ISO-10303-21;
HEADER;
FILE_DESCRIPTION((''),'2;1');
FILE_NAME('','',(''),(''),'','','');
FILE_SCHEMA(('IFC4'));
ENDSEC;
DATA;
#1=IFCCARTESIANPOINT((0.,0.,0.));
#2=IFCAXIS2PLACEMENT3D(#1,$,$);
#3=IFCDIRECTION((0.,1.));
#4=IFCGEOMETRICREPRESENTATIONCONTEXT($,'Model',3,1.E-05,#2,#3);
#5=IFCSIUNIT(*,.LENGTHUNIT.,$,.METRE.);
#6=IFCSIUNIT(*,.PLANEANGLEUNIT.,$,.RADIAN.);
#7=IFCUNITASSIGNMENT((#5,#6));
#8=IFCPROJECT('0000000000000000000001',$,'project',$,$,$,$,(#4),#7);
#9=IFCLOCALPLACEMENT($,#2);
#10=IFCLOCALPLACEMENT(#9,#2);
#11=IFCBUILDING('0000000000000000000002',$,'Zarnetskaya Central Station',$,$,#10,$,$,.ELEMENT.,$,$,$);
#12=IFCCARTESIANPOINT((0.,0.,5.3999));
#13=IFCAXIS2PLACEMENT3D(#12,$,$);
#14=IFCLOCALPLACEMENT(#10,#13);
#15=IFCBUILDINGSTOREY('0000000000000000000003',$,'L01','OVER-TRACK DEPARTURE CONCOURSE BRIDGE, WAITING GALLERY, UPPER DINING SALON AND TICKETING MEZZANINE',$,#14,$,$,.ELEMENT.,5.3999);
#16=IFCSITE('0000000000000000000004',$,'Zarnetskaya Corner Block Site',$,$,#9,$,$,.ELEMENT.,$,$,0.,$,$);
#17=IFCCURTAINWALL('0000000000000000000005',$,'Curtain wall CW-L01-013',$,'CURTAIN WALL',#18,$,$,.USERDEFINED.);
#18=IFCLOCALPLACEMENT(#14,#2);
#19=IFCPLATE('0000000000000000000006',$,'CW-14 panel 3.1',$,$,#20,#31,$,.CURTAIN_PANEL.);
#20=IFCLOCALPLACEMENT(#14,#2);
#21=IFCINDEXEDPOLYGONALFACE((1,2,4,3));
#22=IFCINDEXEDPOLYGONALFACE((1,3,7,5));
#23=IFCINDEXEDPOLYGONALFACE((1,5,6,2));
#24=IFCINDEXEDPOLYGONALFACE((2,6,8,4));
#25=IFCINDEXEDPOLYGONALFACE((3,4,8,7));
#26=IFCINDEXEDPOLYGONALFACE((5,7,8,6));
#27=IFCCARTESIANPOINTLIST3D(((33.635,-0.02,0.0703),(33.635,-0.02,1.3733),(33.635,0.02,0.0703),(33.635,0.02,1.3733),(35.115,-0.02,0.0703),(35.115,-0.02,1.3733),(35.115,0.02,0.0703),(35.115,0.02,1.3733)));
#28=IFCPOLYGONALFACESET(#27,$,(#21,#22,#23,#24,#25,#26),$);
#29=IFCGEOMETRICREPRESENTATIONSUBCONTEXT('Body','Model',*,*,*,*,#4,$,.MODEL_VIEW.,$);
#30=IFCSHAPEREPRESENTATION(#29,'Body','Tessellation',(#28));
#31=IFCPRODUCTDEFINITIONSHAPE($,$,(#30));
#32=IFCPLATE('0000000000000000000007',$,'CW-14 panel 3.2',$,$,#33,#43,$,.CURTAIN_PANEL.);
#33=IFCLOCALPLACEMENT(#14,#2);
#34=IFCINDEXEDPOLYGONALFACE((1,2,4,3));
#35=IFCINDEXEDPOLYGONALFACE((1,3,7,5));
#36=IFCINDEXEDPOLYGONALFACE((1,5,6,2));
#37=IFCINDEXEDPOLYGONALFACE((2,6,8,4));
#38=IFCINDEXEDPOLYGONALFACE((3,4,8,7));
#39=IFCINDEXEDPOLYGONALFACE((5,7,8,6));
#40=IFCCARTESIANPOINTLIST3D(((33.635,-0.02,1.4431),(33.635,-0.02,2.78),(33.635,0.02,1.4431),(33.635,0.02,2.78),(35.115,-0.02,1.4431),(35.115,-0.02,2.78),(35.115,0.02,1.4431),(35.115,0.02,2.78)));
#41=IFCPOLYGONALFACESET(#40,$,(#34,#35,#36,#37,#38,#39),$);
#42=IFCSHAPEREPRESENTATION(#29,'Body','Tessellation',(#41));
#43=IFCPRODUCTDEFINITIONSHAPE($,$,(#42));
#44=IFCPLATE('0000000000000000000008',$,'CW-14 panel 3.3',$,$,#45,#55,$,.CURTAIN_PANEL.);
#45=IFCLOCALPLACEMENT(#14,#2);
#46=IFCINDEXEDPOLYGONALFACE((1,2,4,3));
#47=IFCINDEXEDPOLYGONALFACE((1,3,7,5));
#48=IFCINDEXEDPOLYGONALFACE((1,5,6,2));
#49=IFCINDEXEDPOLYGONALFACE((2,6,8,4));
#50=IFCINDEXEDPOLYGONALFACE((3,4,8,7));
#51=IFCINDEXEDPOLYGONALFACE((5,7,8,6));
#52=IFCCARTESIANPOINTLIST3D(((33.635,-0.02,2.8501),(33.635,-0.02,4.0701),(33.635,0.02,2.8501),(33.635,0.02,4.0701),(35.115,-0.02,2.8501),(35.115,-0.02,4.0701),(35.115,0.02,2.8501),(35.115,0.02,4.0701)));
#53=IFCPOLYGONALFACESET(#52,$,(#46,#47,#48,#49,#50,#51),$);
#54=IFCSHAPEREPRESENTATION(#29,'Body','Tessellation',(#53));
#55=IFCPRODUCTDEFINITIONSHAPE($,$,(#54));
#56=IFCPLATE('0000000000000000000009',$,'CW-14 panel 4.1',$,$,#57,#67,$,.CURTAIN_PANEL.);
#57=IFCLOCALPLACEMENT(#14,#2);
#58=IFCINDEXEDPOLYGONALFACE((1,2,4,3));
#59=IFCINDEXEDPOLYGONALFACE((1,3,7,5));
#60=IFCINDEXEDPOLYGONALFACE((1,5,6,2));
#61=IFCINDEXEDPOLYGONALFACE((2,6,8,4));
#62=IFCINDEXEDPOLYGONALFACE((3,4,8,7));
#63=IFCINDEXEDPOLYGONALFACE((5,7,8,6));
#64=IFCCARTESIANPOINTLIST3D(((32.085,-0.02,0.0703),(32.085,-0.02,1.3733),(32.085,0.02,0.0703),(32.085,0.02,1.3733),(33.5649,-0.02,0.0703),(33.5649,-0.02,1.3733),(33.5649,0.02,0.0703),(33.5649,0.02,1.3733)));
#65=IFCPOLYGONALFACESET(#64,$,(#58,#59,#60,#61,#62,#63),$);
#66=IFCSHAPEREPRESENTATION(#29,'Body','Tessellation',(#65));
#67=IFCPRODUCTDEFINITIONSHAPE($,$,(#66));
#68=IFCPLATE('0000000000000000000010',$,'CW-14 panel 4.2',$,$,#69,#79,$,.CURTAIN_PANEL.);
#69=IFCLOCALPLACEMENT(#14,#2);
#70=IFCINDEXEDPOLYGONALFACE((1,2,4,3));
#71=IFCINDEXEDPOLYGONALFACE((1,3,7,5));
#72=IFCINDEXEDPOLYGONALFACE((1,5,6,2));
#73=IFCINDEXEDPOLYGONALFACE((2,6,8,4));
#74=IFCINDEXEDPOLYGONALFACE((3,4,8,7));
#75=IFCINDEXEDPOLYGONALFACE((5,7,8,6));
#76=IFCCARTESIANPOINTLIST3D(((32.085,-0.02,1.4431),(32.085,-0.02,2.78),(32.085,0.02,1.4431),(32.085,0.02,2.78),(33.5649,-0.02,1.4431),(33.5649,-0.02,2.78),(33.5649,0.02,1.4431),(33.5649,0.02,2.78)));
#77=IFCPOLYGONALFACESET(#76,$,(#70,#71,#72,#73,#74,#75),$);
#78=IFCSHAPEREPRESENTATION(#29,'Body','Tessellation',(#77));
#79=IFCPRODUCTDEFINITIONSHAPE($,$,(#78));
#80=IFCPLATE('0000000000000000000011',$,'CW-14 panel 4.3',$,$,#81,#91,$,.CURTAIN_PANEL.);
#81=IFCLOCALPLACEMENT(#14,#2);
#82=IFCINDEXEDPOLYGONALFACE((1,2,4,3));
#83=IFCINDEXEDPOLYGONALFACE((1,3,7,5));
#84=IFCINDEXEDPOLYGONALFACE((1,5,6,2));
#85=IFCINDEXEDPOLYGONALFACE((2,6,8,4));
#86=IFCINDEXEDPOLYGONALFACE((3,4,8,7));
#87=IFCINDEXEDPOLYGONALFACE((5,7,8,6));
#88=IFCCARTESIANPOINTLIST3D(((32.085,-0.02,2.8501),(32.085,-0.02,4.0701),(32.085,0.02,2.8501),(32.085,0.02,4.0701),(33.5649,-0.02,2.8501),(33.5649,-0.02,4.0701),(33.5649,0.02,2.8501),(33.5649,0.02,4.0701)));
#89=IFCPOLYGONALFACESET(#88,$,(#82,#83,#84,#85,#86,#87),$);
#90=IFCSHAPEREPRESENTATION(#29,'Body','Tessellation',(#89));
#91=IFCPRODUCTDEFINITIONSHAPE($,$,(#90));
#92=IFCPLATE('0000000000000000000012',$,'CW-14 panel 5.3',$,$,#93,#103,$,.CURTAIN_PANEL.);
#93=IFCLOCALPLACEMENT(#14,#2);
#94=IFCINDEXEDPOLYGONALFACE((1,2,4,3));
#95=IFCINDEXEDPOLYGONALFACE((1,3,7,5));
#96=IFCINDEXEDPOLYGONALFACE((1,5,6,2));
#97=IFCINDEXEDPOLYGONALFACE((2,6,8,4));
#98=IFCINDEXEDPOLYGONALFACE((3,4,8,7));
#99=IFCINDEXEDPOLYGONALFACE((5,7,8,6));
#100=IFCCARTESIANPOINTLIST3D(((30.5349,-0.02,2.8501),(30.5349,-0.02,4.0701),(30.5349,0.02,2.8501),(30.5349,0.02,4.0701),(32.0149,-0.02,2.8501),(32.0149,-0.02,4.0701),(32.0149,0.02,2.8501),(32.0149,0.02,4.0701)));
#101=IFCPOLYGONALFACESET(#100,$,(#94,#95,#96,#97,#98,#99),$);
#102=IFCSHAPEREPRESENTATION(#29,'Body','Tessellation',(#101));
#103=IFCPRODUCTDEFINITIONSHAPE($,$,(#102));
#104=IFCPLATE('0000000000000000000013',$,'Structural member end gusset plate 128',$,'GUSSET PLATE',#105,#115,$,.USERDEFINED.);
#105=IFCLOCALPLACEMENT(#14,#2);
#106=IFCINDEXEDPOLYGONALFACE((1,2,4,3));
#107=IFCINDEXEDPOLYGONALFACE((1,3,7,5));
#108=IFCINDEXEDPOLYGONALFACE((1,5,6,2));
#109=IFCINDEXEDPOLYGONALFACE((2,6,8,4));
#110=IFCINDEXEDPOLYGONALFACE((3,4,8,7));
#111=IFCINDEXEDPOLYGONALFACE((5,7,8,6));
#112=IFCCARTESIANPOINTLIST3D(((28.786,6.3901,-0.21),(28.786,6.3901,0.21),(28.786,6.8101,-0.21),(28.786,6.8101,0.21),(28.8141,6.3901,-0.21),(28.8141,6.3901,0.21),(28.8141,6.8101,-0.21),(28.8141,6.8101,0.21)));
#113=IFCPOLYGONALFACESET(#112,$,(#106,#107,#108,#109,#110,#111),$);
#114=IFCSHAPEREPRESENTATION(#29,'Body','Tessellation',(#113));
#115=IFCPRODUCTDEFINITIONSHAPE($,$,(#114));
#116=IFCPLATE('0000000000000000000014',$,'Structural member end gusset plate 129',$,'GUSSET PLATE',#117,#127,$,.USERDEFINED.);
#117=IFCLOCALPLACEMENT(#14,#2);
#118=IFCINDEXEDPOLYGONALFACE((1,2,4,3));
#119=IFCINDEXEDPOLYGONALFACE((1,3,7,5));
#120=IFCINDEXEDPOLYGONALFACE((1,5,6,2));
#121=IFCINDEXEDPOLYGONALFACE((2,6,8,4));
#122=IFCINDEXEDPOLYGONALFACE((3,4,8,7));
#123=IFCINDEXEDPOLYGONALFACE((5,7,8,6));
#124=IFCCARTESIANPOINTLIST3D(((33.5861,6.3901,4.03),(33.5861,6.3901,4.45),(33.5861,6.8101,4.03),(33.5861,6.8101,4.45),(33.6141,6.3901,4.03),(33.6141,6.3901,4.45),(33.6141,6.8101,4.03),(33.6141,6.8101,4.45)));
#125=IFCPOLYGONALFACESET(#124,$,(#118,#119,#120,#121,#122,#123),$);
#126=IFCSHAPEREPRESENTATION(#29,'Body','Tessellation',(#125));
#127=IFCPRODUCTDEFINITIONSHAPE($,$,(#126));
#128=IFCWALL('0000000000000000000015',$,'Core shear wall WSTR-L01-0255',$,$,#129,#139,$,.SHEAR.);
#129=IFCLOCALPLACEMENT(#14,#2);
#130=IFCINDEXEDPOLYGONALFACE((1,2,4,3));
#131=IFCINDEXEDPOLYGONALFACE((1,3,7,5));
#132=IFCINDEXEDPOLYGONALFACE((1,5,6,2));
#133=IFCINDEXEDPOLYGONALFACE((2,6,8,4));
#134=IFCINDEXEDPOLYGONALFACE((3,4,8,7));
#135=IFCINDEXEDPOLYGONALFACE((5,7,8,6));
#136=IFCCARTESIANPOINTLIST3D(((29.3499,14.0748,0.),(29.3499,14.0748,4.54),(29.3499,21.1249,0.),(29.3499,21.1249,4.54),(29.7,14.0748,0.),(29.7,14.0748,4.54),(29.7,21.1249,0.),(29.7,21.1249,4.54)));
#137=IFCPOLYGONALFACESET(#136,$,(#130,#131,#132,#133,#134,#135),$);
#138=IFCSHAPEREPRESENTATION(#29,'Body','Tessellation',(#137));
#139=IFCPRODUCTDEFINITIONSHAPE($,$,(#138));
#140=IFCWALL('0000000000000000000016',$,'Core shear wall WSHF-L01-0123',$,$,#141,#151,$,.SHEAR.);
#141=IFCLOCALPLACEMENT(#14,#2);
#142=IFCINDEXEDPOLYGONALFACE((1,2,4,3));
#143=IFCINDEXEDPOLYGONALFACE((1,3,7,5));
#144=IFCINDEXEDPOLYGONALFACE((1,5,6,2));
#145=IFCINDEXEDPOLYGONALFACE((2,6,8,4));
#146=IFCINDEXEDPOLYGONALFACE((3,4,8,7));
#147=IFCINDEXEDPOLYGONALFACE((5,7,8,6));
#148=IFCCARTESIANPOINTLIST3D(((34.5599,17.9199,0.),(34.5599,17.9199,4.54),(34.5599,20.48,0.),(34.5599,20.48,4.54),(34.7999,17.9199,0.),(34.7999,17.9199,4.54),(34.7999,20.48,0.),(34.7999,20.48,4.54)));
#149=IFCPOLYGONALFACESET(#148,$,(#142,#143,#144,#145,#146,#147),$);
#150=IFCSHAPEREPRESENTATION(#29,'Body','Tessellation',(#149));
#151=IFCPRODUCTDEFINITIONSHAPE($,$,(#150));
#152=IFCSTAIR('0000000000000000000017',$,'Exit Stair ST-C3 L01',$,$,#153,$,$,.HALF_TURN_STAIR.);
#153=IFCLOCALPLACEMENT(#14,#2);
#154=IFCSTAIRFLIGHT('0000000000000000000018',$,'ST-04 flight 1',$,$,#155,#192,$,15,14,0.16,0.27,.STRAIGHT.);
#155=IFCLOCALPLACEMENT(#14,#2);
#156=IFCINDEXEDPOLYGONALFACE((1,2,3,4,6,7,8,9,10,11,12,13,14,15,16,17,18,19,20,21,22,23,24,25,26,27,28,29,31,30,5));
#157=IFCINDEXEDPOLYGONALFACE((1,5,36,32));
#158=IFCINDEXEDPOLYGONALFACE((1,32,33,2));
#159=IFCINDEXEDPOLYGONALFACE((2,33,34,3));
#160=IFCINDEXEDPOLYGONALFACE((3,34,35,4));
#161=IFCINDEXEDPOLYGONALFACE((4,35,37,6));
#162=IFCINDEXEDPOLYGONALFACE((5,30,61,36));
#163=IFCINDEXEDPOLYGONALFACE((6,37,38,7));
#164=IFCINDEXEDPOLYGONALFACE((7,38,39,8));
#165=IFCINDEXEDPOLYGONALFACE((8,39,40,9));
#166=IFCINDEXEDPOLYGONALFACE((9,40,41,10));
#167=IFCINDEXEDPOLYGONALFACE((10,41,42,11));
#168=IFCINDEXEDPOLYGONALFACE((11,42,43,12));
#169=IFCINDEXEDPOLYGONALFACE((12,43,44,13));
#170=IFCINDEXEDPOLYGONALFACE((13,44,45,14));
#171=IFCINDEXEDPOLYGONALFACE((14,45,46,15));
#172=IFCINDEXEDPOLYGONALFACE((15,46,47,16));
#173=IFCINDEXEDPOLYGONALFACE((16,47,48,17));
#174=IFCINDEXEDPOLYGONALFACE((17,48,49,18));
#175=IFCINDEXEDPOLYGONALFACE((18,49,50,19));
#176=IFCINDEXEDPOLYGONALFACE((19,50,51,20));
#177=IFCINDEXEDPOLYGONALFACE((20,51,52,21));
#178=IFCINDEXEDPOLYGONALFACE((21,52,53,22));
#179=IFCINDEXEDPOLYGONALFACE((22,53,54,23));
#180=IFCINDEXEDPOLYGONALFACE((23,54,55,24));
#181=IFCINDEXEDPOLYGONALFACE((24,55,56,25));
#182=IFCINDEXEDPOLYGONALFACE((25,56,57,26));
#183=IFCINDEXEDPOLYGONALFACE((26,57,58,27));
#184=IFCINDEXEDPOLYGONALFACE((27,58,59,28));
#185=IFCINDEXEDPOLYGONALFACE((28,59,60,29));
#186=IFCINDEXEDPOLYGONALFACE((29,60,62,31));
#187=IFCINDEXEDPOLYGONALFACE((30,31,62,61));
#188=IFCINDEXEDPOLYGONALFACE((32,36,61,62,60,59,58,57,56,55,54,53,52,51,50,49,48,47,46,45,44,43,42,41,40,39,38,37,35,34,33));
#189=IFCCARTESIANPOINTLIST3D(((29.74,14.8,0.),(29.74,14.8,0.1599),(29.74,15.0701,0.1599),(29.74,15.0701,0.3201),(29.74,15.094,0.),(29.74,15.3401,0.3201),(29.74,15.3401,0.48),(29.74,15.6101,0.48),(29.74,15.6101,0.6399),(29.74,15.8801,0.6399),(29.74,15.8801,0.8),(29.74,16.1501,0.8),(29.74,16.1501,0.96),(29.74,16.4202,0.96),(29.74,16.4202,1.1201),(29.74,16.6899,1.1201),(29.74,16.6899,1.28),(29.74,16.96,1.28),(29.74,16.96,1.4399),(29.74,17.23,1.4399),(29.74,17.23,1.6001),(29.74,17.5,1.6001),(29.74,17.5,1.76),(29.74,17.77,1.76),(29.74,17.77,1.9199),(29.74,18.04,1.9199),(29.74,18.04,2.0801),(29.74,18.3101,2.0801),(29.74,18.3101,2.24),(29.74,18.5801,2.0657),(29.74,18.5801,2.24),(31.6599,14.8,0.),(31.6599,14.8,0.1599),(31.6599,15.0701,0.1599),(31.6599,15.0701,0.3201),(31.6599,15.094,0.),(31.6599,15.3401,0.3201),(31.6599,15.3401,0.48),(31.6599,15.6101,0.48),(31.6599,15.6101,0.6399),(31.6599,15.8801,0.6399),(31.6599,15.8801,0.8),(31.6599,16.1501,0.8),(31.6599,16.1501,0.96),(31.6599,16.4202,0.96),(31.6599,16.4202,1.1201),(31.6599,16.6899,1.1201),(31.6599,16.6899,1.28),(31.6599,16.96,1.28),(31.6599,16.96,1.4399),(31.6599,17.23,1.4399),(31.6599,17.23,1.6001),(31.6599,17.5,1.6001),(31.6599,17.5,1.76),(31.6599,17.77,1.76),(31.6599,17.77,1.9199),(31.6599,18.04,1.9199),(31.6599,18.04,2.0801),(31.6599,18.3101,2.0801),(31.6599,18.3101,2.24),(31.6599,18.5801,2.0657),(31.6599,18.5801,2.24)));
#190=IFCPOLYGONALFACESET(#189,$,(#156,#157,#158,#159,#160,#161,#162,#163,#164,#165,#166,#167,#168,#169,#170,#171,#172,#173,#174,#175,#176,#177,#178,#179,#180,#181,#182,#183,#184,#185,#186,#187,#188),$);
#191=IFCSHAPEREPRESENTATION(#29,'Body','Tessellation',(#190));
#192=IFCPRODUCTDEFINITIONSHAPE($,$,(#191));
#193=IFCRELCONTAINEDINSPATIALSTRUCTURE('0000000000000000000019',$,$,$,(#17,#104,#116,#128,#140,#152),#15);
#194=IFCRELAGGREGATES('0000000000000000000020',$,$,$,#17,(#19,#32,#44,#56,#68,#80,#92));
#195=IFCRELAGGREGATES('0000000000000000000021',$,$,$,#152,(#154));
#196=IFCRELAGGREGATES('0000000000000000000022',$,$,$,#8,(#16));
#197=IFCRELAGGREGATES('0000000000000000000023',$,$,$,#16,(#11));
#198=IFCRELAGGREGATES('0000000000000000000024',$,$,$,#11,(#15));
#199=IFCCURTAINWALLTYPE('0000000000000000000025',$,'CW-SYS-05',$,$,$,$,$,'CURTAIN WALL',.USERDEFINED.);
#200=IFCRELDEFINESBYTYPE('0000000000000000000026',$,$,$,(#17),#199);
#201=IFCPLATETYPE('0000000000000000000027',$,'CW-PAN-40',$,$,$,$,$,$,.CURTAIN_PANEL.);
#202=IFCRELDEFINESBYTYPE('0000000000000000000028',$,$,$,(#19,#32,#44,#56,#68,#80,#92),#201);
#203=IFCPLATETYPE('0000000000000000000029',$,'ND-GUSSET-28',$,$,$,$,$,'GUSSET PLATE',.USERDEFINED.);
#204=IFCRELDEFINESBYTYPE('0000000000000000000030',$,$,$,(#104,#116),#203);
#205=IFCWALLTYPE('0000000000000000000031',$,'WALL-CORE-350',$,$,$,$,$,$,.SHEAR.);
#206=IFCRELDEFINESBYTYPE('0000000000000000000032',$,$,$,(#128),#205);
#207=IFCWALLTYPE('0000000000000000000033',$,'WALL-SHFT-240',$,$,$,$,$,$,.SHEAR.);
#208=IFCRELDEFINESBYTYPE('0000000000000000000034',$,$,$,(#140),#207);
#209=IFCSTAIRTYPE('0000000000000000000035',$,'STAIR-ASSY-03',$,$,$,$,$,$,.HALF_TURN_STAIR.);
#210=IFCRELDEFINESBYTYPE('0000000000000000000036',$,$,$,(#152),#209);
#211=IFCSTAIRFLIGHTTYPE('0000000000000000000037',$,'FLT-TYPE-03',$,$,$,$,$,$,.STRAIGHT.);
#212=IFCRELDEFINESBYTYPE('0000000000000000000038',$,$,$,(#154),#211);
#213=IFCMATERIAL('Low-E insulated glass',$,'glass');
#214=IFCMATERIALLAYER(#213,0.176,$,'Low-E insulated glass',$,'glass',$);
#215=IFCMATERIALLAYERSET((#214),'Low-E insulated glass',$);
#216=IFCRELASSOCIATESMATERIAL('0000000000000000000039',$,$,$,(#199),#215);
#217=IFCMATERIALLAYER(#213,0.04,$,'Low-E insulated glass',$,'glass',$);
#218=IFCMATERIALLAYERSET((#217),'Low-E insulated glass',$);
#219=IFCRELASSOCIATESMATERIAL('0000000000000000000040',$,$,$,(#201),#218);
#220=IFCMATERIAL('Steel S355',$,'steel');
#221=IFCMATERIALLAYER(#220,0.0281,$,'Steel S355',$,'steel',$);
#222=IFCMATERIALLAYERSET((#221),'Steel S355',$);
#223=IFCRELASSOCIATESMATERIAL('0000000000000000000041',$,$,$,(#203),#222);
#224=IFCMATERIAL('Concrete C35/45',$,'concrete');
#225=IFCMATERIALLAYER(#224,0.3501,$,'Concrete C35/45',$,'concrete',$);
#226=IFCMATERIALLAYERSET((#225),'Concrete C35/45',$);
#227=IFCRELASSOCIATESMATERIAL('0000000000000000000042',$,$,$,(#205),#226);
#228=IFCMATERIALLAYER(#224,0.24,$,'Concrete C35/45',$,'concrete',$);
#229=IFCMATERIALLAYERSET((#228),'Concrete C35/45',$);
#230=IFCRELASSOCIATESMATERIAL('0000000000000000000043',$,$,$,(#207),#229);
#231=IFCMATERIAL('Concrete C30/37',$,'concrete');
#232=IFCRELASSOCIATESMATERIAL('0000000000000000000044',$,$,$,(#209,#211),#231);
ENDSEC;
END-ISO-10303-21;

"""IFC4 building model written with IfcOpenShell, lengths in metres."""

from ifc_helpers import new_model, si_unit, direction, frame, frame_2d, origin, origin_2d, place, context, subcontext, project, spatial, polyline, rectangle, outline, extrude, material, layer, layer_set, type_object, element, aggregate, save


model = new_model("IFC4")

# Units and contexts
model_context = context("Model", 3, precision=1e-05, world=origin(), true_north=direction((0.0, 1.0)))
body_context = subcontext(model_context, "Body", "Model", "MODEL_VIEW")
ifc_project = project(units=[si_unit("LENGTHUNIT", "METRE"), si_unit("PLANEANGLEUNIT", "RADIAN")], contexts=[model_context])

# Site, building, storey
site_placement = place(None, origin())
site = spatial("IfcSite", under=ifc_project, at=site_placement, Name="Zarnetskaya Corner Block Site", CompositionType="ELEMENT", RefElevation=0.0)
building_placement = place(site_placement, origin())
building = spatial("IfcBuilding", under=site, at=building_placement, Name="Zarnetskaya Central Station", CompositionType="ELEMENT")
storey_placement = place(building_placement, frame((0.0, 0.0, 5.3999)))
storey = spatial("IfcBuildingStorey", under=building, at=storey_placement, Name="L01", Description="OVER-TRACK DEPARTURE CONCOURSE BRIDGE, WAITING GALLERY, UPPER DINING SALON AND TICKETING MEZZANINE", CompositionType="ELEMENT", Elevation=5.3999)

# Shared definitions
ifc_material_1 = material(Name="Steel S355", Category="steel")

# Curtain wall
ifc_material_2 = material(Name="Low-E insulated glass", Category="glass")
ifc_layer_1 = layer(ifc_material_2, 0.176, Name="Low-E insulated glass", Category="glass")
ifc_layer_set_1 = layer_set([ifc_layer_1], Name="Low-E insulated glass")
curtain_wall_type = type_object("IfcCurtainWallType", Name="CW-SYS-05", ElementType="CURTAIN WALL", PredefinedType="USERDEFINED", material=ifc_layer_set_1)
curtain_wall_placement = place(storey_placement, origin())
curtain_wall = element("IfcCurtainWall", 1, at=curtain_wall_placement, inside=storey, type_object=curtain_wall_type, Name="Curtain wall CW-L01-013", ObjectType="CURTAIN WALL", PredefinedType="USERDEFINED")

# Plates
ifc_layer_2 = layer(ifc_material_2, 0.04, Name="Low-E insulated glass", Category="glass")
ifc_layer_set_2 = layer_set([ifc_layer_2], Name="Low-E insulated glass")
plate_type_1 = type_object("IfcPlateType", Name="CW-PAN-40", PredefinedType="CURTAIN_PANEL", material=ifc_layer_set_2)
plate_1_placement = place(storey_placement, frame((34.375, 0.0, 0.0703), z_axis=(0.0, 0.0, 1.0), x_axis=(-1.0, 0.0, 0.0)))
plate_1 = element("IfcPlate", 2, at=plate_1_placement, type_object=plate_type_1, Name="CW-14 panel 3.1", PredefinedType="CURTAIN_PANEL", context=body_context, shape_type="SweptSolid", body=[
    extrude(rectangle(XDim=1.48, YDim=0.04, at=origin_2d()), origin(), (0.0, 0.0, 1.0), 1.303),
])
plate_2_placement = place(storey_placement, frame((34.375, 0.0, 1.4431), z_axis=(0.0, 0.0, 1.0), x_axis=(-1.0, 0.0, 0.0)))
plate_2 = element("IfcPlate", 3, at=plate_2_placement, type_object=plate_type_1, Name="CW-14 panel 3.2", PredefinedType="CURTAIN_PANEL", context=body_context, shape_type="SweptSolid", body=[
    extrude(rectangle(XDim=1.48, YDim=0.04, at=origin_2d()), origin(), (0.0, 0.0, 1.0), 1.3369),
])
plate_3_placement = place(storey_placement, frame((34.375, 0.0, 2.8501), z_axis=(0.0, 0.0, 1.0), x_axis=(-1.0, 0.0, 0.0)))
plate_3 = element("IfcPlate", 4, at=plate_3_placement, type_object=plate_type_1, Name="CW-14 panel 3.3", PredefinedType="CURTAIN_PANEL", context=body_context, shape_type="SweptSolid", body=[
    extrude(rectangle(XDim=1.48, YDim=0.04, at=origin_2d()), origin(), (0.0, 0.0, 1.0), 1.22),
])
plate_4_placement = place(storey_placement, frame((32.825, 0.0, 0.0703), z_axis=(0.0, 0.0, 1.0), x_axis=(-1.0, 0.0, 0.0)))
plate_4 = element("IfcPlate", 5, at=plate_4_placement, type_object=plate_type_1, Name="CW-14 panel 4.1", PredefinedType="CURTAIN_PANEL", context=body_context, shape_type="SweptSolid", body=[
    extrude(rectangle(XDim=1.48, YDim=0.04, at=origin_2d()), origin(), (0.0, 0.0, 1.0), 1.303),
])
plate_5_placement = place(storey_placement, frame((32.825, 0.0, 1.4431), z_axis=(0.0, 0.0, 1.0), x_axis=(-1.0, 0.0, 0.0)))
plate_5 = element("IfcPlate", 6, at=plate_5_placement, type_object=plate_type_1, Name="CW-14 panel 4.2", PredefinedType="CURTAIN_PANEL", context=body_context, shape_type="SweptSolid", body=[
    extrude(rectangle(XDim=1.48, YDim=0.04, at=origin_2d()), origin(), (0.0, 0.0, 1.0), 1.3369),
])
plate_6_placement = place(storey_placement, frame((32.825, 0.0, 2.8501), z_axis=(0.0, 0.0, 1.0), x_axis=(-1.0, 0.0, 0.0)))
plate_6 = element("IfcPlate", 7, at=plate_6_placement, type_object=plate_type_1, Name="CW-14 panel 4.3", PredefinedType="CURTAIN_PANEL", context=body_context, shape_type="SweptSolid", body=[
    extrude(rectangle(XDim=1.48, YDim=0.04, at=origin_2d()), origin(), (0.0, 0.0, 1.0), 1.22),
])
plate_7_placement = place(storey_placement, frame((31.2749, 0.0, 2.8501), z_axis=(0.0, 0.0, 1.0), x_axis=(-1.0, 0.0, 0.0)))
plate_7 = element("IfcPlate", 8, at=plate_7_placement, type_object=plate_type_1, Name="CW-14 panel 5.3", PredefinedType="CURTAIN_PANEL", context=body_context, shape_type="SweptSolid", body=[
    extrude(rectangle(XDim=1.48, YDim=0.04, at=origin_2d()), origin(), (0.0, 0.0, 1.0), 1.22),
])
aggregate(curtain_wall, [plate_1, plate_2, plate_3, plate_4, plate_5, plate_6, plate_7])

# Plates
ifc_layer_3 = layer(ifc_material_1, 0.0281, Name="Steel S355", Category="steel")
ifc_layer_set_3 = layer_set([ifc_layer_3], Name="Steel S355")
plate_type_2 = type_object("IfcPlateType", Name="ND-GUSSET-28", ElementType="GUSSET PLATE", PredefinedType="USERDEFINED", material=ifc_layer_set_3)
for number, where, z_axis, x_axis, name in (
    (9, (28.8, 6.6001, -0.21), (0.0, 0.0, 1.0), (1.0, 0.0, 0.0), "Structural member end gusset plate 128"),
    (10, (33.6001, 6.6001, 4.03), (0.0, 0.0, 1.0), (1.0, 0.0, 0.0), "Structural member end gusset plate 129"),
):
    element("IfcPlate", number, at=place(storey_placement, frame(where, z_axis=z_axis, x_axis=x_axis)), inside=storey, type_object=plate_type_2, Name=name, ObjectType="GUSSET PLATE", PredefinedType="USERDEFINED", context=body_context, shape_type="SweptSolid", body=[
        extrude(rectangle(XDim=0.0281, YDim=0.4199, at=origin_2d()), origin(), (0.0, 0.0, 1.0), 0.4199),
    ])

# Shared definitions
ifc_material_3 = material(Name="Concrete C35/45", Category="concrete")
ifc_layer_4 = layer(ifc_material_3, 0.3501, Name="Concrete C35/45", Category="concrete")
ifc_layer_set_4 = layer_set([ifc_layer_4], Name="Concrete C35/45")
wall_type_1 = type_object("IfcWallType", Name="WALL-CORE-350", PredefinedType="SHEAR", material=ifc_layer_set_4)

# Walls
wall_1_placement = place(storey_placement, frame((29.5249, 14.075, 0.0), z_axis=(0.0, 0.0, 1.0), x_axis=(0.0, 1.0, 0.0)))
element("IfcWall", 11, at=wall_1_placement, inside=storey, type_object=wall_type_1, Name="Core shear wall WSTR-L01-0255", PredefinedType="SHEAR", context=body_context, shape_type="SweptSolid", body=[
    extrude(rectangle(XDim=7.05, YDim=0.3501, at=frame_2d((3.5249, 0.0))), origin(), (0.0, 0.0, 1.0), 4.54),
])
ifc_layer_5 = layer(ifc_material_3, 0.24, Name="Concrete C35/45", Category="concrete")
ifc_layer_set_5 = layer_set([ifc_layer_5], Name="Concrete C35/45")
wall_type_2 = type_object("IfcWallType", Name="WALL-SHFT-240", PredefinedType="SHEAR", material=ifc_layer_set_5)
wall_2_placement = place(storey_placement, frame((34.6799, 17.9199, 0.0), z_axis=(0.0, 0.0, 1.0), x_axis=(0.0, 1.0, 0.0)))
element("IfcWall", 12, at=wall_2_placement, inside=storey, type_object=wall_type_2, Name="Core shear wall WSHF-L01-0123", PredefinedType="SHEAR", context=body_context, shape_type="SweptSolid", body=[
    extrude(rectangle(XDim=2.5601, YDim=0.24, at=frame_2d((1.28, 0.0))), origin(), (0.0, 0.0, 1.0), 4.54),
])

# Stair, stair flight
ifc_material_4 = material(Name="Concrete C30/37", Category="concrete")
stair_type = type_object("IfcStairType", Name="STAIR-ASSY-03", PredefinedType="HALF_TURN_STAIR", material=ifc_material_4)
stair_placement = place(storey_placement, origin())
stair = element("IfcStair", 13, at=stair_placement, inside=storey, type_object=stair_type, Name="Exit Stair ST-C3 L01", PredefinedType="HALF_TURN_STAIR")
stair_flight_type = type_object("IfcStairFlightType", Name="FLT-TYPE-03", PredefinedType="STRAIGHT", material=ifc_material_4)
stair_flight_placement = place(storey_placement, frame((30.7, 14.8, 0.0), z_axis=(0.0, 0.0, 1.0), x_axis=(0.0, 1.0, 0.0)))
stair_flight = element("IfcStairFlight", 14, at=stair_flight_placement, type_object=stair_flight_type, Name="ST-04 flight 1", NumberOfRisers=15, NumberOfTreads=14, PredefinedType="STRAIGHT", RiserHeight=0.16, TreadLength=0.27, context=body_context, shape_type="SweptSolid", body=[
    extrude(outline(polyline([(0.0, 0.0), (0.0, 0.1599), (0.27, 0.1599), (0.27, 0.3201), (0.54, 0.3201), (0.54, 0.48), (0.8101, 0.48), (0.8101, 0.6399), (1.0801, 0.6399), (1.0801, 0.8), (1.3501, 0.8), (1.3501, 0.96), (1.6201, 0.96), (1.6201, 1.1201), (1.8899, 1.1201), (1.8899, 1.28), (2.1599, 1.28), (2.1599, 1.4399), (2.4299, 1.4399), (2.4299, 1.6001), (2.7, 1.6001), (2.7, 1.76), (2.97, 1.76), (2.97, 1.9199), (3.24, 1.9199), (3.24, 2.0801), (3.51, 2.0801), (3.51, 2.24), (3.78, 2.24), (3.78, 2.3999), (3.78, 2.0657), (0.2939, 0.0), (0.0, 0.0)])), frame((0.0, 0.96, 0.0), z_axis=(0.0, -1.0, 0.0), x_axis=(1.0, 0.0, 0.0)), (0.0, 0.0, 1.0), 1.9199),
])
aggregate(stair, [stair_flight])

save(model, "model.ifc")
